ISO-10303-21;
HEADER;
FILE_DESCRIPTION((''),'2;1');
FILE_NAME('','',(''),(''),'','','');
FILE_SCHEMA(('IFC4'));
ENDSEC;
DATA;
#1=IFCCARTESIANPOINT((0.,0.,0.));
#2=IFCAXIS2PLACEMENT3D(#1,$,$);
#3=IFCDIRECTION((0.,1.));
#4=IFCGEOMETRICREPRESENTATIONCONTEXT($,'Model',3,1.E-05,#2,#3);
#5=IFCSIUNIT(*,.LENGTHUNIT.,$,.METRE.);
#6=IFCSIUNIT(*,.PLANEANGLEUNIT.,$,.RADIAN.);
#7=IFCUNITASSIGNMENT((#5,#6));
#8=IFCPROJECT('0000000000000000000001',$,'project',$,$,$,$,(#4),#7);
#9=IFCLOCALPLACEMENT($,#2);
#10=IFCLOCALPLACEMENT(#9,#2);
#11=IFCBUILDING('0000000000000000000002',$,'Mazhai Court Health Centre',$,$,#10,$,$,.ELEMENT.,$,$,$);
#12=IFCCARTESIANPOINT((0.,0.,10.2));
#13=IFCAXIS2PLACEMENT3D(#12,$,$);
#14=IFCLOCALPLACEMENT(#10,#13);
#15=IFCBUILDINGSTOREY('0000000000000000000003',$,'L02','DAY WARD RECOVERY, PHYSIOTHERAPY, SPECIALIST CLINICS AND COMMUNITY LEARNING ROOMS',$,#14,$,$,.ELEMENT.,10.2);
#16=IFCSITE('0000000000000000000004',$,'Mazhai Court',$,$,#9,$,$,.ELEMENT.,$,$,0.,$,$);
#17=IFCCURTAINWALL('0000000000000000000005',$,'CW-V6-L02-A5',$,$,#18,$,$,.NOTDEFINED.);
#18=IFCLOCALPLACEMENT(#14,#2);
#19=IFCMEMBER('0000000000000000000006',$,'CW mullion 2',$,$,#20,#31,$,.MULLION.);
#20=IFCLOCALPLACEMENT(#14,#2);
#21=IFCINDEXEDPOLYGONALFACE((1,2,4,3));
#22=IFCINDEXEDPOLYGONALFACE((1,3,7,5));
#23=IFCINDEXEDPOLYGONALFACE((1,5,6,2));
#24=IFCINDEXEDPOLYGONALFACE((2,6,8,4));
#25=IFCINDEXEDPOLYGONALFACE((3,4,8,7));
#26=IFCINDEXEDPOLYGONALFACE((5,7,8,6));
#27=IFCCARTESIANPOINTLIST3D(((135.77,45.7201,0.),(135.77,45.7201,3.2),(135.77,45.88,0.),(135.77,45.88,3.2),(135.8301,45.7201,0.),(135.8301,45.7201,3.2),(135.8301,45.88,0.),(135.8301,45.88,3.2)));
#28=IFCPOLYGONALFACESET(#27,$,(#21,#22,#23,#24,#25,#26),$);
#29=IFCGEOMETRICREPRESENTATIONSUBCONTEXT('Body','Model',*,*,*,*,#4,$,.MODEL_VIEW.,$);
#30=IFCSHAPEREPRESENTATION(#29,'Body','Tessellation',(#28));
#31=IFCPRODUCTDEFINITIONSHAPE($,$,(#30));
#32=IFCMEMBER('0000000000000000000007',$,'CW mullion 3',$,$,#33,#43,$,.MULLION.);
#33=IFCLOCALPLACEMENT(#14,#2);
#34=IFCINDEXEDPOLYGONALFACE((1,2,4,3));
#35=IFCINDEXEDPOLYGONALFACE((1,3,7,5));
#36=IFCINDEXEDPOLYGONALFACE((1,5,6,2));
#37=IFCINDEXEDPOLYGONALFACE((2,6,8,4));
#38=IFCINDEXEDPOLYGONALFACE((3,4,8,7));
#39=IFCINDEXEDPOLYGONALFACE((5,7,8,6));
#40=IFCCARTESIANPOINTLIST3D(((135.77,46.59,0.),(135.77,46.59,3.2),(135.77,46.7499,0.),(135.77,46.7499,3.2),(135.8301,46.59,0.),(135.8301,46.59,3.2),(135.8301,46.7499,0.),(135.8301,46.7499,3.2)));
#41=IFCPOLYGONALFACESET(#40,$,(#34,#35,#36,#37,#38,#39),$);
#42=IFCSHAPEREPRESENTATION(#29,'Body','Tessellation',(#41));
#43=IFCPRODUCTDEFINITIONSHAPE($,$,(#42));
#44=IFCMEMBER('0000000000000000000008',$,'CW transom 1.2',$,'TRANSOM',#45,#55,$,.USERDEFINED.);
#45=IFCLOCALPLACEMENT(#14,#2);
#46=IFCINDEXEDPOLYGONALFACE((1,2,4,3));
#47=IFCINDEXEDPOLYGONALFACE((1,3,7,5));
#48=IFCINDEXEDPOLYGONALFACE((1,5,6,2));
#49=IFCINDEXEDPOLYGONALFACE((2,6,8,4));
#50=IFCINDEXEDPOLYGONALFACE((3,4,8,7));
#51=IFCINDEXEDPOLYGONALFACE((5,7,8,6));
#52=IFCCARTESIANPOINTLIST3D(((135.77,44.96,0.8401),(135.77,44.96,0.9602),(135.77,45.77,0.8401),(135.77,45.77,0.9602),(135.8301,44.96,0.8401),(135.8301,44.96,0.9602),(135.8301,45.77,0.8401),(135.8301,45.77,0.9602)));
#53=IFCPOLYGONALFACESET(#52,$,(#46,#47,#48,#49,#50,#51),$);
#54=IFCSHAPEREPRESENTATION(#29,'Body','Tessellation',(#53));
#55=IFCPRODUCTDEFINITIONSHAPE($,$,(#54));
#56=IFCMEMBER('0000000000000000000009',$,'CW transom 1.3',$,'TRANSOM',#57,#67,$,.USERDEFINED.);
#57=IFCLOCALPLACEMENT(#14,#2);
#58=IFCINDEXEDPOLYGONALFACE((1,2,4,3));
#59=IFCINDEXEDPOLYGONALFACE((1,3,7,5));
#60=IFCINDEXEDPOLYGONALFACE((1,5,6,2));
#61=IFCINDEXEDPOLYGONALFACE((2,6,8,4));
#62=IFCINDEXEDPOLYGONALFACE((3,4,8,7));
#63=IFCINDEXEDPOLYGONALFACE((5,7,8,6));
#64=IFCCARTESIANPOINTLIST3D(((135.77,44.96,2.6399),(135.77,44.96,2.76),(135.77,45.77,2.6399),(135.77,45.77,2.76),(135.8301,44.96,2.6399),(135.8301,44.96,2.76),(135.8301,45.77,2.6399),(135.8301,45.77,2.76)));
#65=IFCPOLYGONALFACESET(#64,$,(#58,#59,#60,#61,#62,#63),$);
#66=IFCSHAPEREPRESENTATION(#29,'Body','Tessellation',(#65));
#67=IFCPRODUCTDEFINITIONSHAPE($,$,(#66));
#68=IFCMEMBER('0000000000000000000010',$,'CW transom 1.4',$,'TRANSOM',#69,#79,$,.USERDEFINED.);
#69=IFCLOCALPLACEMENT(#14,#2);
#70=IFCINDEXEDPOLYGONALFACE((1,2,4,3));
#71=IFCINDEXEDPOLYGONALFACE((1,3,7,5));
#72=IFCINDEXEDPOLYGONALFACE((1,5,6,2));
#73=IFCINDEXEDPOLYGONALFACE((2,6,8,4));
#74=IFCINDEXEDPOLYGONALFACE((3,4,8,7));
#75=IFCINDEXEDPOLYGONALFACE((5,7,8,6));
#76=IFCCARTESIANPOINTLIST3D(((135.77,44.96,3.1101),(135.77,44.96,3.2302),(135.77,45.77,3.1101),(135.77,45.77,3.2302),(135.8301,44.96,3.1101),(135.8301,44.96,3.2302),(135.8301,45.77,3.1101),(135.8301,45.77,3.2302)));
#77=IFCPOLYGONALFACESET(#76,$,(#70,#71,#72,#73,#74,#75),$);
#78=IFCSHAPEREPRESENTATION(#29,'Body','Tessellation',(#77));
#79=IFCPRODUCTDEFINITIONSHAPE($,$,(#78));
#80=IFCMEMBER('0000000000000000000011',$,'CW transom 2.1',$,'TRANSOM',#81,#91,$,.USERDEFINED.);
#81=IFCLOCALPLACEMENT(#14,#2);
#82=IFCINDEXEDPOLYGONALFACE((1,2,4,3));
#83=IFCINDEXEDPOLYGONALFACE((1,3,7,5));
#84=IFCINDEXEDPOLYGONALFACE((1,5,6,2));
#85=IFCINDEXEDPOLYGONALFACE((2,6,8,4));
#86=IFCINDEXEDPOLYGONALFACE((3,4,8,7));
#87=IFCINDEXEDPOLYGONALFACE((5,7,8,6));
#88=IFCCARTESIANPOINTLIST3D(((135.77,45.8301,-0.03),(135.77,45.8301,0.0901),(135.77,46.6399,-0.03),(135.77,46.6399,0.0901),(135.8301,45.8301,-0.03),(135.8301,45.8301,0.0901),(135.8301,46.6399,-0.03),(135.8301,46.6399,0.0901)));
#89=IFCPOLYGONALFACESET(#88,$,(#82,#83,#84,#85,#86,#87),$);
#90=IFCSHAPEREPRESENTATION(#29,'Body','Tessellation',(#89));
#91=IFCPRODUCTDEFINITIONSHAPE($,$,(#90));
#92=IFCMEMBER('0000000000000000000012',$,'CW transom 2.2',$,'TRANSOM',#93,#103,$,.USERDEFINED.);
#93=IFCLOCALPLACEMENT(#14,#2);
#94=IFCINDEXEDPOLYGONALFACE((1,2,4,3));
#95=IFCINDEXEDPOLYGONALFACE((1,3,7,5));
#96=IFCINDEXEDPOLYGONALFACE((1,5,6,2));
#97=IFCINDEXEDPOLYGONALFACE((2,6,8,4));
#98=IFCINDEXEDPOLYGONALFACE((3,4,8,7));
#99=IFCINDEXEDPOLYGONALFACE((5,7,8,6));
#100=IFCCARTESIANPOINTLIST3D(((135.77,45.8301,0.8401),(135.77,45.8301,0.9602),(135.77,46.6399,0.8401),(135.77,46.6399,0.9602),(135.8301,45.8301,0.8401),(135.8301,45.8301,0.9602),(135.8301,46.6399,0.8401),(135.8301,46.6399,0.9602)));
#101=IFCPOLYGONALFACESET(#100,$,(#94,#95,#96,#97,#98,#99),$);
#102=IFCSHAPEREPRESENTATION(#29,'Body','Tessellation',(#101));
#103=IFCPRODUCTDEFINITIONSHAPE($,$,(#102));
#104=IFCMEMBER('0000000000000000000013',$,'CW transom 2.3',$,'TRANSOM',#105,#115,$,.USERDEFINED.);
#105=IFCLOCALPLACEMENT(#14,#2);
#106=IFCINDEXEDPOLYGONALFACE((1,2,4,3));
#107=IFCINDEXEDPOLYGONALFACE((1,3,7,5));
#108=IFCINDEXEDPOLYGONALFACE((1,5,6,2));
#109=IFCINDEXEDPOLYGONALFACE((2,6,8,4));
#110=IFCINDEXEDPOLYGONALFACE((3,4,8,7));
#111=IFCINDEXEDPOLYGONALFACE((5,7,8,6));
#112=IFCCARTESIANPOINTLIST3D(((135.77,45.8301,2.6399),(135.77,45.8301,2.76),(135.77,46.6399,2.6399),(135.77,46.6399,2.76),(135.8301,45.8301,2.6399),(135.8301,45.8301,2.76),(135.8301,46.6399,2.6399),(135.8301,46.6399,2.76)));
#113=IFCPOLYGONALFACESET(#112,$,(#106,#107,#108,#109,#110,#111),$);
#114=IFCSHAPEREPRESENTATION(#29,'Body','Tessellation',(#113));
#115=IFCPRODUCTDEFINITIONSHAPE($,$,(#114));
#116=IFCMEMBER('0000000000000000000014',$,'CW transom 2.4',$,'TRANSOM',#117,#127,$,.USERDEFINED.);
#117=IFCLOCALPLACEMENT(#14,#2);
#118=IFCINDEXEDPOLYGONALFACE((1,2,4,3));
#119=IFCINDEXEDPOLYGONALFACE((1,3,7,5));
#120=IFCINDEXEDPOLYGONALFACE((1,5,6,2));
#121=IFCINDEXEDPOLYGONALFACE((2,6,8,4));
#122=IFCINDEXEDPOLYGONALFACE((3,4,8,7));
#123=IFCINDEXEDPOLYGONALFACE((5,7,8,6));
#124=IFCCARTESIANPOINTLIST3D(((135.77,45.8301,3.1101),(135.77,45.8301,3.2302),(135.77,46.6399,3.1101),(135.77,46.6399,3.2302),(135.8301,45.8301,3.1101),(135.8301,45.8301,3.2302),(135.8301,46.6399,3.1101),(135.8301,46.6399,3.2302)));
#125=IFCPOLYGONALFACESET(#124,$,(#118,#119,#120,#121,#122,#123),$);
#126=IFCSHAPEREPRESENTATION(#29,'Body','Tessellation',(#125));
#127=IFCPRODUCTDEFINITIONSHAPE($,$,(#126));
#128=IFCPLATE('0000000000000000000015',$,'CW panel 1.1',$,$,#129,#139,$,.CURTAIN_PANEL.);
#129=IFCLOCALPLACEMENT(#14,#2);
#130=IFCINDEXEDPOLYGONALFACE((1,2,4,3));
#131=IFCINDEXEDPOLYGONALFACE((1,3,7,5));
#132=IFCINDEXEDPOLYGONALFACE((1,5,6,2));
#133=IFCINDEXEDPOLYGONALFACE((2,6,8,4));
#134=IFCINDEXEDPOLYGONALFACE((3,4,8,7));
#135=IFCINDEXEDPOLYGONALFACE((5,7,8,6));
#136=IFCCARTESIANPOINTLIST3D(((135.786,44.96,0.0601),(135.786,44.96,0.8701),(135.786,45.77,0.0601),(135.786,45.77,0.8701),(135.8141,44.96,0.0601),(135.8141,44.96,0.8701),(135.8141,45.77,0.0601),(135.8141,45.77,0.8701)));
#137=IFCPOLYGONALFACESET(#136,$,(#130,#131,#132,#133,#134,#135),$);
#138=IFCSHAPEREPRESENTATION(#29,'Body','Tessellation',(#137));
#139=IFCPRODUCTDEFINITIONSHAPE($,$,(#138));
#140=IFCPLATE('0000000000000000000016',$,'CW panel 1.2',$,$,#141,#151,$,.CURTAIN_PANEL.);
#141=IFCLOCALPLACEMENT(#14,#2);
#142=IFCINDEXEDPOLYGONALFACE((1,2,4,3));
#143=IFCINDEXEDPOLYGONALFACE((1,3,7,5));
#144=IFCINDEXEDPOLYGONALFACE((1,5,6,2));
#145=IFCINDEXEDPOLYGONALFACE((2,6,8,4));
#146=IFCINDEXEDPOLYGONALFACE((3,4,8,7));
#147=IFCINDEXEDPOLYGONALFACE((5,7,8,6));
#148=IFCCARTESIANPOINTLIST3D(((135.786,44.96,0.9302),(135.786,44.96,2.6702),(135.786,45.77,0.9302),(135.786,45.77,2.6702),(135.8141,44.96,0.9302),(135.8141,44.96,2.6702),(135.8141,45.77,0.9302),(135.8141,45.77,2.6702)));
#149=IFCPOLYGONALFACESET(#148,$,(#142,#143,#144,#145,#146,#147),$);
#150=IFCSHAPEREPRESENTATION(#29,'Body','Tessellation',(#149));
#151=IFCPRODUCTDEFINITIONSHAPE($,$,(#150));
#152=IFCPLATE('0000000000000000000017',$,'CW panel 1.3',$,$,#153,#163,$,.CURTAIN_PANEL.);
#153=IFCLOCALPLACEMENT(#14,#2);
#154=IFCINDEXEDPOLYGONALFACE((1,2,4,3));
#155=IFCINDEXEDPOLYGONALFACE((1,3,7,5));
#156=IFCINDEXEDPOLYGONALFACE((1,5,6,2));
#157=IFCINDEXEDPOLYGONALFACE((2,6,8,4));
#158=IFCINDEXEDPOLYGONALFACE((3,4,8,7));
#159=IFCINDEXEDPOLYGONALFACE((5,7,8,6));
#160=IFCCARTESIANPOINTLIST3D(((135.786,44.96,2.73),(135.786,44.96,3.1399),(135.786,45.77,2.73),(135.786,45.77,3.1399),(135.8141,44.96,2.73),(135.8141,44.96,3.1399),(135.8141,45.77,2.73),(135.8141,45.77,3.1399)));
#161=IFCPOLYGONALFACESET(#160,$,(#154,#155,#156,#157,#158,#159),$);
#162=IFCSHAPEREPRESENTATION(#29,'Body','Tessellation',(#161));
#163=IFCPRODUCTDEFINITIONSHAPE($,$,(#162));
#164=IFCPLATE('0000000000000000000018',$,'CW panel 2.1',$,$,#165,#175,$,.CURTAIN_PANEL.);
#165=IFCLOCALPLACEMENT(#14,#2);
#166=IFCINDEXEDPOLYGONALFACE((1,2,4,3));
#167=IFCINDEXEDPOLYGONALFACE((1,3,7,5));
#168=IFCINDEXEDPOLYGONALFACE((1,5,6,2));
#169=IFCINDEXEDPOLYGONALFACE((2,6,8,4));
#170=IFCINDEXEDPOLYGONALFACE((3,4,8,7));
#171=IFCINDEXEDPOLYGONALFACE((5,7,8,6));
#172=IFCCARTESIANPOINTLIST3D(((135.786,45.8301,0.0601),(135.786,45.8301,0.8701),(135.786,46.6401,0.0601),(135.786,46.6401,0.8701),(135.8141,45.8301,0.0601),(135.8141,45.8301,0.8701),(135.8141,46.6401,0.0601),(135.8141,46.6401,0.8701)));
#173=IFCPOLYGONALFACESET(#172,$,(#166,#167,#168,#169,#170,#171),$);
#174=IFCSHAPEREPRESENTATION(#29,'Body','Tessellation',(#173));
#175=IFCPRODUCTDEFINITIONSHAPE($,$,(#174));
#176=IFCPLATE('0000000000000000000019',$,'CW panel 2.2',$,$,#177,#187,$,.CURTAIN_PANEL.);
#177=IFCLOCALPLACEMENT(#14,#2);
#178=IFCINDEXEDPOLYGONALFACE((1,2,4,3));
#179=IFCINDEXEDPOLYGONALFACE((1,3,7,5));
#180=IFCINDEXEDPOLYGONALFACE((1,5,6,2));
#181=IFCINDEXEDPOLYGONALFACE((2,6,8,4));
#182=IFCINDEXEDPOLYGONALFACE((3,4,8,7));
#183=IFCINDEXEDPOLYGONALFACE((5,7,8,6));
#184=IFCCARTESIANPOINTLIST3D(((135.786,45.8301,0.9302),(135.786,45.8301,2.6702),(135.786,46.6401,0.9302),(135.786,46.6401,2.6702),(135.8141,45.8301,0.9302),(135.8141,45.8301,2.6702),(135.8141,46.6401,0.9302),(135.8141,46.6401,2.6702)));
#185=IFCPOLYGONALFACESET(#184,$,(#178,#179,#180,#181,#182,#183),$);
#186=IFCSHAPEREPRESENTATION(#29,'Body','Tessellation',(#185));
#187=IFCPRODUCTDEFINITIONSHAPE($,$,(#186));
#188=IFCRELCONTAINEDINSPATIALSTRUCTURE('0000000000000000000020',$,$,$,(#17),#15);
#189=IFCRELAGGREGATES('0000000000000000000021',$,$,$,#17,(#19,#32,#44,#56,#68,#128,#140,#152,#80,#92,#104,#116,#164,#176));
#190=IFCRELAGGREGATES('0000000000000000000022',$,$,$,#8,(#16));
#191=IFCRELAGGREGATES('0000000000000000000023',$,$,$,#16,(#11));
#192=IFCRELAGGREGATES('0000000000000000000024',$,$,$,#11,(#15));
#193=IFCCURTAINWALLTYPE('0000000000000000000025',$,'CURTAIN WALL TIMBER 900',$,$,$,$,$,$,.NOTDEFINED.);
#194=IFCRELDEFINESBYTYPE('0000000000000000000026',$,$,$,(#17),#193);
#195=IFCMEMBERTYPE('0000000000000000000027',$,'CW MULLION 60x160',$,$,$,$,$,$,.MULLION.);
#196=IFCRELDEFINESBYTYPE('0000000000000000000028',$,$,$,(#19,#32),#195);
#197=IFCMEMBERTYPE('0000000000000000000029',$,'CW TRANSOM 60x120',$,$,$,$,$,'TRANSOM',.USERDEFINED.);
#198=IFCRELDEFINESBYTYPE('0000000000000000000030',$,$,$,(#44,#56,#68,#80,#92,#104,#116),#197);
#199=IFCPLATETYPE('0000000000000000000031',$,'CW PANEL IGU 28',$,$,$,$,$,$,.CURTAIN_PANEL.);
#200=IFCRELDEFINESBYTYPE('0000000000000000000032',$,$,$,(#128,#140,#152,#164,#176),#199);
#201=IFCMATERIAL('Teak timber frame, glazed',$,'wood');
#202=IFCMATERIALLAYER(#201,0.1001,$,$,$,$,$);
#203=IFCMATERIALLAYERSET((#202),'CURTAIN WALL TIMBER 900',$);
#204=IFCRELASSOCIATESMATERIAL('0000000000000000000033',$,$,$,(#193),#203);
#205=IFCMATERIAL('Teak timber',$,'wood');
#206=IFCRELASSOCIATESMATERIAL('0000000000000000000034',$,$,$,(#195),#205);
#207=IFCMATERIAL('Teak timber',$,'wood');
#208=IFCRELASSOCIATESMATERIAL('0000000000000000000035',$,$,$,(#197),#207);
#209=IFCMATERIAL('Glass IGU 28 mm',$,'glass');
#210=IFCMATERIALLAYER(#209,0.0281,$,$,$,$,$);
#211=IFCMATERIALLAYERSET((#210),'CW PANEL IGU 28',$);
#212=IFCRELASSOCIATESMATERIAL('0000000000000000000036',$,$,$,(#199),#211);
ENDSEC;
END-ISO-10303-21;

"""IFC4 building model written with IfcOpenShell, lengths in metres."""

from ifc_helpers import new_model, si_unit, direction, frame, origin, origin_2d, place, context, subcontext, project, spatial, rectangle, extrude, material, layer, layer_set, material_profile, profile_set, type_object, element, aggregate, save


model = new_model("IFC4")

# Units and contexts
model_context = context("Model", 3, precision=1e-05, world=origin(), true_north=direction((0.0, 1.0)))
body_context = subcontext(model_context, "Body", "Model", "MODEL_VIEW")
ifc_project = project(units=[si_unit("LENGTHUNIT", "METRE"), si_unit("PLANEANGLEUNIT", "RADIAN")], contexts=[model_context])

# Site, building, storey
site_placement = place(None, origin())
site = spatial("IfcSite", under=ifc_project, at=site_placement, Name="Mazhai Court", CompositionType="ELEMENT", RefElevation=0.0)
building_placement = place(site_placement, origin())
building = spatial("IfcBuilding", under=site, at=building_placement, Name="Mazhai Court Health Centre", CompositionType="ELEMENT")
storey_placement = place(building_placement, frame((0.0, 0.0, 10.2)))
storey = spatial("IfcBuildingStorey", under=building, at=storey_placement, Name="L02", Description="DAY WARD RECOVERY, PHYSIOTHERAPY, SPECIALIST CLINICS AND COMMUNITY LEARNING ROOMS", CompositionType="ELEMENT", Elevation=10.2)

# Curtain wall, members, plates
ifc_material_1 = material(Name="Teak timber frame, glazed", Category="wood")
ifc_layer_1 = layer(ifc_material_1, 0.1001)
ifc_layer_set_1 = layer_set([ifc_layer_1], Name="CURTAIN WALL TIMBER 900")
curtain_wall_type = type_object("IfcCurtainWallType", Name="CURTAIN WALL TIMBER 900", PredefinedType="NOTDEFINED", material=ifc_layer_set_1)
curtain_wall_placement = place(storey_placement, origin())
curtain_wall = element("IfcCurtainWall", 1, at=curtain_wall_placement, inside=storey, type_object=curtain_wall_type, Name="CW-V6-L02-A5", PredefinedType="NOTDEFINED")
ifc_material_2 = material(Name="Teak timber", Category="wood")
ifc_material_profile_1 = material_profile(ifc_material_2, rectangle(XDim=0.0601, YDim=0.1599, at=origin_2d()), Name="CW MULLION 60x160")
ifc_profile_set_1 = profile_set([ifc_material_profile_1], Name="Teak timber")
member_type_1 = type_object("IfcMemberType", Name="CW MULLION 60x160", PredefinedType="MULLION", material=ifc_profile_set_1)
member_1_placement = place(storey_placement, frame((135.8, 45.8, 0.0), z_axis=(0.0, 0.0, 1.0), x_axis=(-1.0, 0.0, 0.0)))
member_1 = element("IfcMember", 2, at=member_1_placement, type_object=member_type_1, Name="CW mullion 2", PredefinedType="MULLION", context=body_context, shape_type="SweptSolid", body=[
    extrude(rectangle(XDim=0.0601, YDim=0.1599, at=origin_2d()), origin(), (0.0, 0.0, 1.0), 3.2),
])
member_2_placement = place(storey_placement, frame((135.8, 46.6699, 0.0), z_axis=(0.0, 0.0, 1.0), x_axis=(-1.0, 0.0, 0.0)))
member_2 = element("IfcMember", 3, at=member_2_placement, type_object=member_type_1, Name="CW mullion 3", PredefinedType="MULLION", context=body_context, shape_type="SweptSolid", body=[
    extrude(rectangle(XDim=0.0601, YDim=0.1599, at=origin_2d()), origin(), (0.0, 0.0, 1.0), 3.2),
])
ifc_material_3 = material(Name="Teak timber", Category="wood")
ifc_material_profile_2 = material_profile(ifc_material_3, rectangle(XDim=0.0601, YDim=0.1201, at=origin_2d()), Name="CW TRANSOM 60x120")
ifc_profile_set_2 = profile_set([ifc_material_profile_2], Name="Teak timber")
member_type_2 = type_object("IfcMemberType", Name="CW TRANSOM 60x120", ElementType="TRANSOM", PredefinedType="USERDEFINED", material=ifc_profile_set_2)
member_3_placement = place(storey_placement, frame((135.8, 44.96, 0.9001), z_axis=(0.0, 1.0, 0.0), x_axis=(-1.0, 0.0, 0.0)))
member_3 = element("IfcMember", 4, at=member_3_placement, type_object=member_type_2, Name="CW transom 1.2", ObjectType="TRANSOM", PredefinedType="USERDEFINED", context=body_context, shape_type="SweptSolid", body=[
    extrude(rectangle(XDim=0.0601, YDim=0.1201, at=origin_2d()), origin(), (0.0, 0.0, 1.0), 0.8101),
])
member_4_placement = place(storey_placement, frame((135.8, 44.96, 2.7), z_axis=(0.0, 1.0, 0.0), x_axis=(-1.0, 0.0, 0.0)))
member_4 = element("IfcMember", 5, at=member_4_placement, type_object=member_type_2, Name="CW transom 1.3", ObjectType="TRANSOM", PredefinedType="USERDEFINED", context=body_context, shape_type="SweptSolid", body=[
    extrude(rectangle(XDim=0.0601, YDim=0.1201, at=origin_2d()), origin(), (0.0, 0.0, 1.0), 0.8101),
])
member_5_placement = place(storey_placement, frame((135.8, 44.96, 3.1702), z_axis=(0.0, 1.0, 0.0), x_axis=(-1.0, 0.0, 0.0)))
member_5 = element("IfcMember", 6, at=member_5_placement, type_object=member_type_2, Name="CW transom 1.4", ObjectType="TRANSOM", PredefinedType="USERDEFINED", context=body_context, shape_type="SweptSolid", body=[
    extrude(rectangle(XDim=0.0601, YDim=0.1201, at=origin_2d()), origin(), (0.0, 0.0, 1.0), 0.8101),
])
member_6_placement = place(storey_placement, frame((135.8, 45.8301, 0.03), z_axis=(0.0, 1.0, 0.0), x_axis=(-1.0, 0.0, 0.0)))
member_6 = element("IfcMember", 7, at=member_6_placement, type_object=member_type_2, Name="CW transom 2.1", ObjectType="TRANSOM", PredefinedType="USERDEFINED", context=body_context, shape_type="SweptSolid", body=[
    extrude(rectangle(XDim=0.0601, YDim=0.1201, at=origin_2d()), origin(), (0.0, 0.0, 1.0), 0.8098),
])
member_7_placement = place(storey_placement, frame((135.8, 45.8301, 0.9001), z_axis=(0.0, 1.0, 0.0), x_axis=(-1.0, 0.0, 0.0)))
member_7 = element("IfcMember", 8, at=member_7_placement, type_object=member_type_2, Name="CW transom 2.2", ObjectType="TRANSOM", PredefinedType="USERDEFINED", context=body_context, shape_type="SweptSolid", body=[
    extrude(rectangle(XDim=0.0601, YDim=0.1201, at=origin_2d()), origin(), (0.0, 0.0, 1.0), 0.8098),
])
member_8_placement = place(storey_placement, frame((135.8, 45.8301, 2.7), z_axis=(0.0, 1.0, 0.0), x_axis=(-1.0, 0.0, 0.0)))
member_8 = element("IfcMember", 9, at=member_8_placement, type_object=member_type_2, Name="CW transom 2.3", ObjectType="TRANSOM", PredefinedType="USERDEFINED", context=body_context, shape_type="SweptSolid", body=[
    extrude(rectangle(XDim=0.0601, YDim=0.1201, at=origin_2d()), origin(), (0.0, 0.0, 1.0), 0.8098),
])
member_9_placement = place(storey_placement, frame((135.8, 45.8301, 3.1702), z_axis=(0.0, 1.0, 0.0), x_axis=(-1.0, 0.0, 0.0)))
member_9 = element("IfcMember", 10, at=member_9_placement, type_object=member_type_2, Name="CW transom 2.4", ObjectType="TRANSOM", PredefinedType="USERDEFINED", context=body_context, shape_type="SweptSolid", body=[
    extrude(rectangle(XDim=0.0601, YDim=0.1201, at=origin_2d()), origin(), (0.0, 0.0, 1.0), 0.8098),
])
ifc_material_4 = material(Name="Glass IGU 28 mm", Category="glass")
ifc_layer_2 = layer(ifc_material_4, 0.0281)
ifc_layer_set_2 = layer_set([ifc_layer_2], Name="CW PANEL IGU 28")
plate_type = type_object("IfcPlateType", Name="CW PANEL IGU 28", PredefinedType="CURTAIN_PANEL", material=ifc_layer_set_2)
plate_1_placement = place(storey_placement, frame((135.8, 45.365, 0.0601), z_axis=(0.0, 0.0, 1.0), x_axis=(0.0, 1.0, 0.0)))
plate_1 = element("IfcPlate", 11, at=plate_1_placement, type_object=plate_type, Name="CW panel 1.1", PredefinedType="CURTAIN_PANEL", context=body_context, shape_type="SweptSolid", body=[
    extrude(rectangle(XDim=0.8101, YDim=0.0281, at=origin_2d()), origin(), (0.0, 0.0, 1.0), 0.8101),
])
plate_2_placement = place(storey_placement, frame((135.8, 45.365, 0.9302), z_axis=(0.0, 0.0, 1.0), x_axis=(0.0, 1.0, 0.0)))
plate_2 = element("IfcPlate", 12, at=plate_2_placement, type_object=plate_type, Name="CW panel 1.2", PredefinedType="CURTAIN_PANEL", context=body_context, shape_type="SweptSolid", body=[
    extrude(rectangle(XDim=0.8101, YDim=0.0281, at=origin_2d()), origin(), (0.0, 0.0, 1.0), 1.74),
])
plate_3_placement = place(storey_placement, frame((135.8, 45.365, 2.73), z_axis=(0.0, 0.0, 1.0), x_axis=(0.0, 1.0, 0.0)))
plate_3 = element("IfcPlate", 13, at=plate_3_placement, type_object=plate_type, Name="CW panel 1.3", PredefinedType="CURTAIN_PANEL", context=body_context, shape_type="SweptSolid", body=[
    extrude(rectangle(XDim=0.8101, YDim=0.0281, at=origin_2d()), origin(), (0.0, 0.0, 1.0), 0.4099),
])
plate_4_placement = place(storey_placement, frame((135.8, 46.2351, 0.0601), z_axis=(0.0, 0.0, 1.0), x_axis=(0.0, 1.0, 0.0)))
plate_4 = element("IfcPlate", 14, at=plate_4_placement, type_object=plate_type, Name="CW panel 2.1", PredefinedType="CURTAIN_PANEL", context=body_context, shape_type="SweptSolid", body=[
    extrude(rectangle(XDim=0.8101, YDim=0.0281, at=origin_2d()), origin(), (0.0, 0.0, 1.0), 0.8101),
])
plate_5_placement = place(storey_placement, frame((135.8, 46.2351, 0.9302), z_axis=(0.0, 0.0, 1.0), x_axis=(0.0, 1.0, 0.0)))
plate_5 = element("IfcPlate", 15, at=plate_5_placement, type_object=plate_type, Name="CW panel 2.2", PredefinedType="CURTAIN_PANEL", context=body_context, shape_type="SweptSolid", body=[
    extrude(rectangle(XDim=0.8101, YDim=0.0281, at=origin_2d()), origin(), (0.0, 0.0, 1.0), 1.74),
])
aggregate(curtain_wall, [member_1, member_2, member_3, member_4, member_5, plate_1, plate_2, plate_3, member_6, member_7, member_8, member_9, plate_4, plate_5])

save(model, "model.ifc")
